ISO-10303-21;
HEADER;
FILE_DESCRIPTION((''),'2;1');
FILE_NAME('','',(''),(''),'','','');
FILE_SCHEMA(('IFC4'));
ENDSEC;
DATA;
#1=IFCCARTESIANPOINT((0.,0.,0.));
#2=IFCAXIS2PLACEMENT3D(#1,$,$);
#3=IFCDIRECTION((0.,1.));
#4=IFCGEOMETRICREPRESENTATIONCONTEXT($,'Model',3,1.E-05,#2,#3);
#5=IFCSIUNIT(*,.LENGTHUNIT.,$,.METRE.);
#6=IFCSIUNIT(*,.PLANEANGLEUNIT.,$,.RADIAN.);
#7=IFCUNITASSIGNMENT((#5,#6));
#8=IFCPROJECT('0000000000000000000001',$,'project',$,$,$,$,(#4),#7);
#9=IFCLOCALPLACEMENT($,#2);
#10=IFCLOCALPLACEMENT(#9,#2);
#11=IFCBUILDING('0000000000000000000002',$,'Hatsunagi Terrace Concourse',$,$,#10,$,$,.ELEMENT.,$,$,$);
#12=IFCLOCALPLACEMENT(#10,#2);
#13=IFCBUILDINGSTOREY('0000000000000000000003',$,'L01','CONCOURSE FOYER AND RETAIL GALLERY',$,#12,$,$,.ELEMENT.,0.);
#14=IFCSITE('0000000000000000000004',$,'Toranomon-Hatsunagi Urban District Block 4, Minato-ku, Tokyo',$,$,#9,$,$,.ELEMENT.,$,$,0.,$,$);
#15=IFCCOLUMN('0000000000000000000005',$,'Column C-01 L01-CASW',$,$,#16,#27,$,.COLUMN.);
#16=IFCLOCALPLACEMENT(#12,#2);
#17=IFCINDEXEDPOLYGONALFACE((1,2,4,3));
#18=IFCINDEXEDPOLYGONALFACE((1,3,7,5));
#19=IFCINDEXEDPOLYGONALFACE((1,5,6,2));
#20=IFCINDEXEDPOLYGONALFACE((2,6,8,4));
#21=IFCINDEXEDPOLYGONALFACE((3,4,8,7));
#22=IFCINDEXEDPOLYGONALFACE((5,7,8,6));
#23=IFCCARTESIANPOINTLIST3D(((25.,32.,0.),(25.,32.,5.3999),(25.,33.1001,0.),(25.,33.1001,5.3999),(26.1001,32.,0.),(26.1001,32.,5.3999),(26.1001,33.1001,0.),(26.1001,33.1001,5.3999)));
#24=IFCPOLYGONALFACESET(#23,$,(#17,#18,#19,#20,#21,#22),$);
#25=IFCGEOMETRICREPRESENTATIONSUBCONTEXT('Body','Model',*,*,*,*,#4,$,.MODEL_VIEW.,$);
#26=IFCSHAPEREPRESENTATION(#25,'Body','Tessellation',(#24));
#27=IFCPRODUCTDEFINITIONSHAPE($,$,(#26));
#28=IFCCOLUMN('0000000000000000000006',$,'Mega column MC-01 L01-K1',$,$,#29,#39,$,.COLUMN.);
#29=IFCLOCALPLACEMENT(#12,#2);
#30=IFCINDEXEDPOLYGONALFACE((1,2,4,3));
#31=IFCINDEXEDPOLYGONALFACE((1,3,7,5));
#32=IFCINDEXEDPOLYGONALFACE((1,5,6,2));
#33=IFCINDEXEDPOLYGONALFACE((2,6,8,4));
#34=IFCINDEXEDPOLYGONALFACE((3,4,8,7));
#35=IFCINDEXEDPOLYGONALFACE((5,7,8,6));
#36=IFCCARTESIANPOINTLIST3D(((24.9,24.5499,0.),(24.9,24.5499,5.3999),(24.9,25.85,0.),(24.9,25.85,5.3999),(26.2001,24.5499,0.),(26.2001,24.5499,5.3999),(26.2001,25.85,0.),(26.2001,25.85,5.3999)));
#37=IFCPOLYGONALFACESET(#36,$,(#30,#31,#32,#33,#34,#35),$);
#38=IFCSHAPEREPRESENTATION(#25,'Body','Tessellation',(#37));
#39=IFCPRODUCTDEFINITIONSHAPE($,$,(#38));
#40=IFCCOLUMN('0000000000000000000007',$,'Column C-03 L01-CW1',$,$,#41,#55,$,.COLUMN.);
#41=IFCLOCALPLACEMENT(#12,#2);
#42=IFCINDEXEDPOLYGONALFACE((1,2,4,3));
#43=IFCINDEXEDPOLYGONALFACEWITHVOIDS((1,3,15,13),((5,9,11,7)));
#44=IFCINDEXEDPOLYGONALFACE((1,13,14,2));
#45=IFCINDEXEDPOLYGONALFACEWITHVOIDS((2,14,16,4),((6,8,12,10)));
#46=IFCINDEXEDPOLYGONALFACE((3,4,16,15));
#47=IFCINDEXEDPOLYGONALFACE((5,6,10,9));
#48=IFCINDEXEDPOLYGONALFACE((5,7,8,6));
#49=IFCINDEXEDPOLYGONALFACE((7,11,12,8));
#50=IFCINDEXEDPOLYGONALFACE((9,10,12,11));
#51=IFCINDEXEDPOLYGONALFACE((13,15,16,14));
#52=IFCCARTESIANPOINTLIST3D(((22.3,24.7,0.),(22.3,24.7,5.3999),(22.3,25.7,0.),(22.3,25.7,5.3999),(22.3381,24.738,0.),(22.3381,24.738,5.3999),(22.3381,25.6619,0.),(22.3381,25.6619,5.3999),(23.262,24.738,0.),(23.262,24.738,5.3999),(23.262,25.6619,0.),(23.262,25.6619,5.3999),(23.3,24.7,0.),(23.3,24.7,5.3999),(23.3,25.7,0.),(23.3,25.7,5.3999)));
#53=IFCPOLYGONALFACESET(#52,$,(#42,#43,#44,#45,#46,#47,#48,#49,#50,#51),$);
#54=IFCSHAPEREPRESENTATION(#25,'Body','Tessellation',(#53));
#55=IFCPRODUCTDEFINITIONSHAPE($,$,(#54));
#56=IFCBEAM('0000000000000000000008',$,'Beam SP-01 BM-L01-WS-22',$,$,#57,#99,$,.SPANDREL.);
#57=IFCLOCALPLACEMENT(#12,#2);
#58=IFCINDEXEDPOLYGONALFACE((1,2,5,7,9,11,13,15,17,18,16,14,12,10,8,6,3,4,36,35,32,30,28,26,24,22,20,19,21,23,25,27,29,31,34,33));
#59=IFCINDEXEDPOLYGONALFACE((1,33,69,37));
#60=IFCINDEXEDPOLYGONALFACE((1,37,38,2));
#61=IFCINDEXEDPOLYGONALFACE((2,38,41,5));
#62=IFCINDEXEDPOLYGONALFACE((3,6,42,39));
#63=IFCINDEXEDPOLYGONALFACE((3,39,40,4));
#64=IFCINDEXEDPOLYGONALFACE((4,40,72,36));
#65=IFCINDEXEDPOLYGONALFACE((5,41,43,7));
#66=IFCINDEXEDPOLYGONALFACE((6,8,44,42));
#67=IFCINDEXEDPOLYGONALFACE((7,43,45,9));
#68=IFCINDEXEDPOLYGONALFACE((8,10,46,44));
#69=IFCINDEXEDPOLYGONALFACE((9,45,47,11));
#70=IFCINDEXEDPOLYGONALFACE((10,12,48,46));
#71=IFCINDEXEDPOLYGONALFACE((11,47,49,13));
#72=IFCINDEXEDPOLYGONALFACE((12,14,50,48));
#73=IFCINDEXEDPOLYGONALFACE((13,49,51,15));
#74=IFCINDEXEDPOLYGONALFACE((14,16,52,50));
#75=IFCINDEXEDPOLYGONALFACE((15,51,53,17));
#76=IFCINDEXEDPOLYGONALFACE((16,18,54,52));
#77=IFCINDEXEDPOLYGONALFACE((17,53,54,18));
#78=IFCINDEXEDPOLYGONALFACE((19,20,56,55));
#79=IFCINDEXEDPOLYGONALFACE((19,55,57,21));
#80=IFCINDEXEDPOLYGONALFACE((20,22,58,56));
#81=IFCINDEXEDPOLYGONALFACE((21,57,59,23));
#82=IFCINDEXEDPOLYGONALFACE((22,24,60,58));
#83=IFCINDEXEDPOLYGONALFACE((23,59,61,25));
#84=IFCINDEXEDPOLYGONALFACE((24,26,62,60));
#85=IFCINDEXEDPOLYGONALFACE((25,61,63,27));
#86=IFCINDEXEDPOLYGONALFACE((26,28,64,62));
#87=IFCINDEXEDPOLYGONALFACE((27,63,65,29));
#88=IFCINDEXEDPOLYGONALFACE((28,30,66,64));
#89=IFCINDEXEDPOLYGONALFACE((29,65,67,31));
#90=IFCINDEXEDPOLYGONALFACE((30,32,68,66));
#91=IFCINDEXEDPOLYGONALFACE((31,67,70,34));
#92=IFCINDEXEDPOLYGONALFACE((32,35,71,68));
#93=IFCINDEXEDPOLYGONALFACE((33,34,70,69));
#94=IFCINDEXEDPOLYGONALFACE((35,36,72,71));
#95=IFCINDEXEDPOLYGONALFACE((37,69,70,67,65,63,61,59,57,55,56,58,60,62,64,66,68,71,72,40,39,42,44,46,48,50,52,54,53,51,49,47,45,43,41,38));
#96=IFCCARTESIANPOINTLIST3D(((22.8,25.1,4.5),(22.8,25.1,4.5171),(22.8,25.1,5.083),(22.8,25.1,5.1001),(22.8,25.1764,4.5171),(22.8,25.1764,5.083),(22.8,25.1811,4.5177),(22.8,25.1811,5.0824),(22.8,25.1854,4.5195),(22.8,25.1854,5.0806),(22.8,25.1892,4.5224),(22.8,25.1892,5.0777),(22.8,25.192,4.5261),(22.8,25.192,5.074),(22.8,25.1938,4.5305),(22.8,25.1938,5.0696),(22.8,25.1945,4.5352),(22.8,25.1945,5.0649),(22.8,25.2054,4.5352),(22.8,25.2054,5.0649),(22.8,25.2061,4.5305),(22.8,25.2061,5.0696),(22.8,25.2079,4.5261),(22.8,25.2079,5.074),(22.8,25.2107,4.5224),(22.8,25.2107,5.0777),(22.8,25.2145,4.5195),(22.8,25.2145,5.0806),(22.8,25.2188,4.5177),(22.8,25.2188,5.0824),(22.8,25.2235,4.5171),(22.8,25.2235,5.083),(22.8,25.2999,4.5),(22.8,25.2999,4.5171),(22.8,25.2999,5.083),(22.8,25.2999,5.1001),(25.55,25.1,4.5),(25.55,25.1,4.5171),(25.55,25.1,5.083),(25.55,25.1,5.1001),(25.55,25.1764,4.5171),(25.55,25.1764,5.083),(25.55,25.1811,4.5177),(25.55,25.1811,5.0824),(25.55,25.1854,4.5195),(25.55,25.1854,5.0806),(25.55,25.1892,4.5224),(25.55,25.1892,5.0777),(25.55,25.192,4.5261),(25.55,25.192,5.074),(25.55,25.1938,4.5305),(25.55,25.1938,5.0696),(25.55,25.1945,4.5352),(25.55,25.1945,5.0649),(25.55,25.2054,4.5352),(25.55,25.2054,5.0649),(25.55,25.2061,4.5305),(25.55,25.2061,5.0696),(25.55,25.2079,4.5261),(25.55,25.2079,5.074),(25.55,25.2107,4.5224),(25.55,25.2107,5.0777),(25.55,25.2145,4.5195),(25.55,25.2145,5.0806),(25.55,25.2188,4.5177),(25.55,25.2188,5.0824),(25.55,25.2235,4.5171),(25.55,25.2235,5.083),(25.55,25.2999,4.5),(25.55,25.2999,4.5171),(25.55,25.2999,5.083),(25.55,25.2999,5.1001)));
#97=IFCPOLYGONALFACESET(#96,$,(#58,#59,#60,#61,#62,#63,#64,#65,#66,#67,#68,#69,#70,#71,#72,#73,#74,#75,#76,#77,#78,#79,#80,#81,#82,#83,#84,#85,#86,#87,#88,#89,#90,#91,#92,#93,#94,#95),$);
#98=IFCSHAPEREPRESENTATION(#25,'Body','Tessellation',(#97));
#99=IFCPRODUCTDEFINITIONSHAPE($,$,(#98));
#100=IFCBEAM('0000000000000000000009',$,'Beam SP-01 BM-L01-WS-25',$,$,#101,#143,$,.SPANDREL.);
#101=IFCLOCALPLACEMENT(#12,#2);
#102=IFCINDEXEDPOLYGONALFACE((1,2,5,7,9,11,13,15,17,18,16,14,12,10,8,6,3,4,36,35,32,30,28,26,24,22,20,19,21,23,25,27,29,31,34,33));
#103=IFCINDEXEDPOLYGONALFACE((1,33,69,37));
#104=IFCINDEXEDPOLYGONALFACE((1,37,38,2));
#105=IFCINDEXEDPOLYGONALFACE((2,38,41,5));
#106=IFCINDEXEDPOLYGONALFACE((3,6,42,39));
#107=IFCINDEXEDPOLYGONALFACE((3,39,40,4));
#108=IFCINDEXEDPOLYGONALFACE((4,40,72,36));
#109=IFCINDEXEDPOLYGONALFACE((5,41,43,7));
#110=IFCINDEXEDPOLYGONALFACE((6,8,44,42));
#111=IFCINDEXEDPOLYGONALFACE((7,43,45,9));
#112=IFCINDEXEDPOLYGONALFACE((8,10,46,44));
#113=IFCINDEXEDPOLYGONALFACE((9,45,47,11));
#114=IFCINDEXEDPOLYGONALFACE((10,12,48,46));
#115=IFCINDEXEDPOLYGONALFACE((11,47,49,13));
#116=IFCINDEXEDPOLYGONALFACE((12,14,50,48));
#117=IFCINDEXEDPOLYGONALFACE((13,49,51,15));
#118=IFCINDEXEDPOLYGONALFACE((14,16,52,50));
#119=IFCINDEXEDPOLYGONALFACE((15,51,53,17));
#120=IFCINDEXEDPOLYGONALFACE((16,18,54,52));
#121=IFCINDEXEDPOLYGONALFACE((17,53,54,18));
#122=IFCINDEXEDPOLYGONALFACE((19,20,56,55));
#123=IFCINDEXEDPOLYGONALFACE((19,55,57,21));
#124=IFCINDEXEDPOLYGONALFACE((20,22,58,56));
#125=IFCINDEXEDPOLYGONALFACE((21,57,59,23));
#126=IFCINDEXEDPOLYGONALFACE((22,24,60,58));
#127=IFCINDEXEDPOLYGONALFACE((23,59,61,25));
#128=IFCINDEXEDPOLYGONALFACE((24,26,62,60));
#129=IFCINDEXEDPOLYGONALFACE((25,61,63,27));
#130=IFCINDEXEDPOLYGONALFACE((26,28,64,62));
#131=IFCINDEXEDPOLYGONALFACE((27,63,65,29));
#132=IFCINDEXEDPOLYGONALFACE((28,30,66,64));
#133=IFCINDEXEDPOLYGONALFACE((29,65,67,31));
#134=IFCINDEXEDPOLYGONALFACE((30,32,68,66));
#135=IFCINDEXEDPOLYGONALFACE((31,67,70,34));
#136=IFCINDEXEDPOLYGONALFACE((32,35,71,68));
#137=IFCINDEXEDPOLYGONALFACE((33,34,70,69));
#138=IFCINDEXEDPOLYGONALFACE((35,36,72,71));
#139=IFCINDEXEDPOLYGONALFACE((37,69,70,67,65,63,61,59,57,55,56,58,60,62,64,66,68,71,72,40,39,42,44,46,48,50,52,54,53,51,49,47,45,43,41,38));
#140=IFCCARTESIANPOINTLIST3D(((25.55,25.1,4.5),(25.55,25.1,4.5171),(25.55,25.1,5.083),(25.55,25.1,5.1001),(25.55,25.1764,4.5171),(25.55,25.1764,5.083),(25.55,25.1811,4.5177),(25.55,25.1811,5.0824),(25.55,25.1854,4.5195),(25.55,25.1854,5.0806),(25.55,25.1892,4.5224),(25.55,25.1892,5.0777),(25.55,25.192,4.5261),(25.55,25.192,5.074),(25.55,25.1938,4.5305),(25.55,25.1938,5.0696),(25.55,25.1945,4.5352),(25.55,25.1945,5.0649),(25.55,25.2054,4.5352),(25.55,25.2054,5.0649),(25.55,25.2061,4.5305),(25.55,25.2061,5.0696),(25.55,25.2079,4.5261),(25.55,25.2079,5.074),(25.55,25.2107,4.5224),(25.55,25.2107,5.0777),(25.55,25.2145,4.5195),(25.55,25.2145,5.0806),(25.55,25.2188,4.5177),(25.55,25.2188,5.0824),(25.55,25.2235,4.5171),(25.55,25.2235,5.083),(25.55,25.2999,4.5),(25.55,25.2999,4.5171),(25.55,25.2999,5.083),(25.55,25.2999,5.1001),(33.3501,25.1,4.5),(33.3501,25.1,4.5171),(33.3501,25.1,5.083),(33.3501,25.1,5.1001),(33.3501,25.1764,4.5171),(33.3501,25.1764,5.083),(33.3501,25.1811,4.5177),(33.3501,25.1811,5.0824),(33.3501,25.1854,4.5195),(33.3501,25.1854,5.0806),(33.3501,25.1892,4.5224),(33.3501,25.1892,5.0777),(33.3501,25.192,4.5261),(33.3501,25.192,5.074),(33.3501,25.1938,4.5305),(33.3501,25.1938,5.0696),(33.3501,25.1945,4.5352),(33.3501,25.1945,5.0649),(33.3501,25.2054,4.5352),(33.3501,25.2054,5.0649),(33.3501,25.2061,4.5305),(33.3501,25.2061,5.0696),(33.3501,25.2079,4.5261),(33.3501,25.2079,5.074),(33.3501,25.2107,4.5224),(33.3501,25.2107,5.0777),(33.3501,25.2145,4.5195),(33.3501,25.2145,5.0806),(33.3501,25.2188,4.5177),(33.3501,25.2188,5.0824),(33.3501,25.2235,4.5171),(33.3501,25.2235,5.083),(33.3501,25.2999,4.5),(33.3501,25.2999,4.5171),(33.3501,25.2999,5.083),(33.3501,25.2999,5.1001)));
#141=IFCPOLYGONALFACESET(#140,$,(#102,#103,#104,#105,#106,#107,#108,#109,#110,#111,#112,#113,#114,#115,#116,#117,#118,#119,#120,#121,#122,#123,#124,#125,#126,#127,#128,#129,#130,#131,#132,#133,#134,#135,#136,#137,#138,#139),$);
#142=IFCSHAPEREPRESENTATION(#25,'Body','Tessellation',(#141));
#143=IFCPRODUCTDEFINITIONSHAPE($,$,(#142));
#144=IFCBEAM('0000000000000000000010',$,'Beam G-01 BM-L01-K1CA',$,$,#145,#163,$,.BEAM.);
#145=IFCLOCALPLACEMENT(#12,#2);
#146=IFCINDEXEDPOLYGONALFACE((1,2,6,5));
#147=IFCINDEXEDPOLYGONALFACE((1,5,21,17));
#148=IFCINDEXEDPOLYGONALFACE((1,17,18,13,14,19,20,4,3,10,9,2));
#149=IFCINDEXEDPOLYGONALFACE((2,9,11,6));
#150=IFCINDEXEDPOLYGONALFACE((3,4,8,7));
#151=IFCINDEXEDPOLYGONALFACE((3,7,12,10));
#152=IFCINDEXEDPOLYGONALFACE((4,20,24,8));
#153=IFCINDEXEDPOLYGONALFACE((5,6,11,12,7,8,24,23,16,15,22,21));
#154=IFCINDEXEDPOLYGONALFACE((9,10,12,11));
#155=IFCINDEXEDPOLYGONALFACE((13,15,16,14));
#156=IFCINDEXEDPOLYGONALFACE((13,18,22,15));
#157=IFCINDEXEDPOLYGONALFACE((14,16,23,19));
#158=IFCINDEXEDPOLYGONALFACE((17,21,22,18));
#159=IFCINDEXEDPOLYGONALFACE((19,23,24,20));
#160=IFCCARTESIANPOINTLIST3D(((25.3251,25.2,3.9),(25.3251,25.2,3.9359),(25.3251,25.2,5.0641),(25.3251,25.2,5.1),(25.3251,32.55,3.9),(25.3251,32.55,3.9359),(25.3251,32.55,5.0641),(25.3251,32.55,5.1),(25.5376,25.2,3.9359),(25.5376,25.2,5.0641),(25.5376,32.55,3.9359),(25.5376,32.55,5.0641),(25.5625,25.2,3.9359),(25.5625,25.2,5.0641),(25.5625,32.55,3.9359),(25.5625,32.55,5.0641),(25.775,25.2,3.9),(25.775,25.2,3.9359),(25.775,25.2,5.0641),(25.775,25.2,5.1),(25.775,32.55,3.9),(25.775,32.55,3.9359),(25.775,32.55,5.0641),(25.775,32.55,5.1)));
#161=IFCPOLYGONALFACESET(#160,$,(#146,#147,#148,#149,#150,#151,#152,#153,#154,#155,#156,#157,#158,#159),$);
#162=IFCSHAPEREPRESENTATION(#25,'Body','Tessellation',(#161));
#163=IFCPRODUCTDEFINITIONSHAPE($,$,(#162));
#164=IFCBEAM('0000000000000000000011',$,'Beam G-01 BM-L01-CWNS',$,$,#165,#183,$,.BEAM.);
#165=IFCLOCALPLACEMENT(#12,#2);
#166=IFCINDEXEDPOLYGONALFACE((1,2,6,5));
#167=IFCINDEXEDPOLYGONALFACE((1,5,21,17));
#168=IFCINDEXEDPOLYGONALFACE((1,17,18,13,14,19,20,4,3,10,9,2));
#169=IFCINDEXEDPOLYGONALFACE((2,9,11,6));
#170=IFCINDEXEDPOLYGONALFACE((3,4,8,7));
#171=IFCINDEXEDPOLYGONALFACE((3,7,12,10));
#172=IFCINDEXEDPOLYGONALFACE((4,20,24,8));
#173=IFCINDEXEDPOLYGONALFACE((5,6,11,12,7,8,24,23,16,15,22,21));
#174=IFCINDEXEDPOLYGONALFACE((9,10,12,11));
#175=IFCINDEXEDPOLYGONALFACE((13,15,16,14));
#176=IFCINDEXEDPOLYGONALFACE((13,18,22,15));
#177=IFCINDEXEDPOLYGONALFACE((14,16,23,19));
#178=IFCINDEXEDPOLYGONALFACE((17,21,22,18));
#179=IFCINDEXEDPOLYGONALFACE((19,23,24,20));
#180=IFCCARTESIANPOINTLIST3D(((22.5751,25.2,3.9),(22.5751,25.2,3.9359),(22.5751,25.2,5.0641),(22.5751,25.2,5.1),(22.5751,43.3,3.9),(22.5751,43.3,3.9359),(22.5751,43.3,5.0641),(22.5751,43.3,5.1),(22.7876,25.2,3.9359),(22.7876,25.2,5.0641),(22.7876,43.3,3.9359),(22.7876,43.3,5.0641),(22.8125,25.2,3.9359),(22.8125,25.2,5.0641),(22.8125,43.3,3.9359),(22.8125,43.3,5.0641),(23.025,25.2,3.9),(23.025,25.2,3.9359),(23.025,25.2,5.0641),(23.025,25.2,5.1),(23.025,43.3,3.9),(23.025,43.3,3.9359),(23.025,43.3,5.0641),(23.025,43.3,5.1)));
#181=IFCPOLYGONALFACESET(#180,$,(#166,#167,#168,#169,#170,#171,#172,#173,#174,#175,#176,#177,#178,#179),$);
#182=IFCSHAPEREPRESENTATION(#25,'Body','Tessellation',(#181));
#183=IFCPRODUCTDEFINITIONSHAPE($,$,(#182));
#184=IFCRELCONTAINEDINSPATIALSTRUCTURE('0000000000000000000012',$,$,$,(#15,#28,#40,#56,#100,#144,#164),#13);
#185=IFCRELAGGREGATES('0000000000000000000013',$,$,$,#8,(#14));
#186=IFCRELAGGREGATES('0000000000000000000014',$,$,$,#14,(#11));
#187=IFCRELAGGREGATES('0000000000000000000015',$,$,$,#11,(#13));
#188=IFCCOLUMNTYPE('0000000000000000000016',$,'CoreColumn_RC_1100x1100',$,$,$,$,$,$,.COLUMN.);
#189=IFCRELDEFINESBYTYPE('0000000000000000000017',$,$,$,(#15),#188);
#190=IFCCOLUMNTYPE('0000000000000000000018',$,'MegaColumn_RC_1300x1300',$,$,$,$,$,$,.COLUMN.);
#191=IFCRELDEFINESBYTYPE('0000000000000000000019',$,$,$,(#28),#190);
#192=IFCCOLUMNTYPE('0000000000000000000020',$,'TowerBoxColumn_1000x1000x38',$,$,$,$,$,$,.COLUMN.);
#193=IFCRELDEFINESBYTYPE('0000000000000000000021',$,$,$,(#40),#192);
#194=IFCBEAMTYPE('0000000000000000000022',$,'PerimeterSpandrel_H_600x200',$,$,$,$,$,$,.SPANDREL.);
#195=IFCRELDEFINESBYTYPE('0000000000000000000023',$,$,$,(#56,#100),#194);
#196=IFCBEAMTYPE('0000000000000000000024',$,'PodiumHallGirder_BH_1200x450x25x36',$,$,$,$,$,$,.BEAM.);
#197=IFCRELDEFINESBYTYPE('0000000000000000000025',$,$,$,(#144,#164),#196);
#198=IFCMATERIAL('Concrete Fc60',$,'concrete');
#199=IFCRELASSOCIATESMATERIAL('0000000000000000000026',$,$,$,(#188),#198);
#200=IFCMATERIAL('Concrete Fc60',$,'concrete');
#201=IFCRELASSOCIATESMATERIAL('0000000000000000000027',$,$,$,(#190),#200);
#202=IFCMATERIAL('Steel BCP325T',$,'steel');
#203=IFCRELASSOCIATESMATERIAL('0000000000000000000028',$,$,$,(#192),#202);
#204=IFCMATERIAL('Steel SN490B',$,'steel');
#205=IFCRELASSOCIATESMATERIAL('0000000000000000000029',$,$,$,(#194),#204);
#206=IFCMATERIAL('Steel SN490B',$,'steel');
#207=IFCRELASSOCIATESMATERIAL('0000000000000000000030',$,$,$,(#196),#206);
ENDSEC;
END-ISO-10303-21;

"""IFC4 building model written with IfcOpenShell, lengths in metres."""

from ifc_helpers import new_model, si_unit, direction, frame, origin, origin_2d, place, context, subcontext, project, spatial, rectangle, hollow_rectangle, i_section, extrude, material, material_profile, profile_set, type_object, element, save


model = new_model("IFC4")

# Units and contexts
model_context = context("Model", 3, precision=1e-05, world=origin(), true_north=direction((0.0, 1.0)))
body_context = subcontext(model_context, "Body", "Model", "MODEL_VIEW")
ifc_project = project(units=[si_unit("LENGTHUNIT", "METRE"), si_unit("PLANEANGLEUNIT", "RADIAN")], contexts=[model_context])

# Site, building, storey
site_placement = place(None, origin())
site = spatial("IfcSite", under=ifc_project, at=site_placement, Name="Toranomon-Hatsunagi Urban District Block 4, Minato-ku, Tokyo", CompositionType="ELEMENT", RefElevation=0.0)
building_placement = place(site_placement, origin())
building = spatial("IfcBuilding", under=site, at=building_placement, Name="Hatsunagi Terrace Concourse", CompositionType="ELEMENT")
storey_placement = place(building_placement, origin())
storey = spatial("IfcBuildingStorey", under=building, at=storey_placement, Name="L01", Description="CONCOURSE FOYER AND RETAIL GALLERY", CompositionType="ELEMENT", Elevation=0.0)

# Columns
ifc_material_1 = material(Name="Concrete Fc60", Category="concrete")
ifc_material_profile_1 = material_profile(ifc_material_1, rectangle(XDim=1.1001, YDim=1.1001, at=origin_2d()), Name="RC-1100x1100")
ifc_profile_set_1 = profile_set([ifc_material_profile_1], Name="Concrete Fc60")
column_type_1 = type_object("IfcColumnType", Name="CoreColumn_RC_1100x1100", PredefinedType="COLUMN", material=ifc_profile_set_1)
column_1_placement = place(storey_placement, frame((25.55, 32.55, 0.0), z_axis=(0.0, 0.0, 1.0), x_axis=(1.0, 0.0, 0.0)))
element("IfcColumn", 1, at=column_1_placement, inside=storey, type_object=column_type_1, Name="Column C-01 L01-CASW", PredefinedType="COLUMN", context=body_context, shape_type="SweptSolid", body=[
    extrude(rectangle(XDim=1.1001, YDim=1.1001, at=origin_2d()), origin(), (0.0, 0.0, 1.0), 5.3999),
])
ifc_material_2 = material(Name="Concrete Fc60", Category="concrete")
ifc_material_profile_2 = material_profile(ifc_material_2, rectangle(XDim=1.3, YDim=1.3, at=origin_2d()), Name="RC-1300x1300")
ifc_profile_set_2 = profile_set([ifc_material_profile_2], Name="Concrete Fc60")
column_type_2 = type_object("IfcColumnType", Name="MegaColumn_RC_1300x1300", PredefinedType="COLUMN", material=ifc_profile_set_2)
column_2_placement = place(storey_placement, frame((25.55, 25.2, 0.0), z_axis=(0.0, 0.0, 1.0), x_axis=(1.0, 0.0, 0.0)))
element("IfcColumn", 2, at=column_2_placement, inside=storey, type_object=column_type_2, Name="Mega column MC-01 L01-K1", PredefinedType="COLUMN", context=body_context, shape_type="SweptSolid", body=[
    extrude(rectangle(XDim=1.3, YDim=1.3, at=origin_2d()), origin(), (0.0, 0.0, 1.0), 5.3999),
])
ifc_material_3 = material(Name="Steel BCP325T", Category="steel")
ifc_material_profile_3 = material_profile(ifc_material_3, hollow_rectangle(XDim=1.0, YDim=1.0, WallThickness=0.0381, at=origin_2d()), Name="BCP-1000x1000x38")
ifc_profile_set_3 = profile_set([ifc_material_profile_3], Name="Steel BCP325T")
column_type_3 = type_object("IfcColumnType", Name="TowerBoxColumn_1000x1000x38", PredefinedType="COLUMN", material=ifc_profile_set_3)
column_3_placement = place(storey_placement, frame((22.8, 25.2, 0.0), z_axis=(0.0, 0.0, 1.0), x_axis=(1.0, 0.0, 0.0)))
element("IfcColumn", 3, at=column_3_placement, inside=storey, type_object=column_type_3, Name="Column C-03 L01-CW1", PredefinedType="COLUMN", context=body_context, shape_type="SweptSolid", body=[
    extrude(hollow_rectangle(XDim=1.0, YDim=1.0, WallThickness=0.0381, at=origin_2d()), origin(), (0.0, 0.0, 1.0), 5.3999),
])

# Beams
ifc_material_4 = material(Name="Steel SN490B", Category="steel")
ifc_material_profile_4 = material_profile(ifc_material_4, i_section(OverallWidth=0.2, OverallDepth=0.6001, WebThickness=0.011, FlangeThickness=0.0171, FilletRadius=0.0181, at=origin_2d()), Name="H-600x200x11x17")
ifc_profile_set_4 = profile_set([ifc_material_profile_4], Name="Steel SN490B")
beam_type_1 = type_object("IfcBeamType", Name="PerimeterSpandrel_H_600x200", PredefinedType="SPANDREL", material=ifc_profile_set_4)
beam_1_placement = place(storey_placement, frame((22.8, 25.2, 4.8), z_axis=(1.0, 0.0, 0.0), x_axis=(0.0, 1.0, 0.0)))
element("IfcBeam", 4, at=beam_1_placement, inside=storey, type_object=beam_type_1, Name="Beam SP-01 BM-L01-WS-22", PredefinedType="SPANDREL", context=body_context, shape_type="SweptSolid", body=[
    extrude(i_section(OverallWidth=0.2, OverallDepth=0.6001, WebThickness=0.011, FlangeThickness=0.0171, FilletRadius=0.0181, at=origin_2d()), origin(), (0.0, 0.0, 1.0), 2.75),
])
beam_2_placement = place(storey_placement, frame((25.55, 25.2, 4.8), z_axis=(1.0, 0.0, 0.0), x_axis=(0.0, 1.0, 0.0)))
element("IfcBeam", 5, at=beam_2_placement, inside=storey, type_object=beam_type_1, Name="Beam SP-01 BM-L01-WS-25", PredefinedType="SPANDREL", context=body_context, shape_type="SweptSolid", body=[
    extrude(i_section(OverallWidth=0.2, OverallDepth=0.6001, WebThickness=0.011, FlangeThickness=0.0171, FilletRadius=0.0181, at=origin_2d()), origin(), (0.0, 0.0, 1.0), 7.8),
])
ifc_material_5 = material(Name="Steel SN490B", Category="steel")
ifc_material_profile_5 = material_profile(ifc_material_5, i_section(OverallWidth=0.45, OverallDepth=1.2, WebThickness=0.0249, FlangeThickness=0.0359, at=origin_2d()), Name="BH-1200x450x25x36")
ifc_profile_set_5 = profile_set([ifc_material_profile_5], Name="Steel SN490B")
beam_type_2 = type_object("IfcBeamType", Name="PodiumHallGirder_BH_1200x450x25x36", PredefinedType="BEAM", material=ifc_profile_set_5)
beam_3_placement = place(storey_placement, frame((25.55, 25.2, 4.5), z_axis=(0.0, 1.0, 0.0), x_axis=(-1.0, 0.0, 0.0)))
element("IfcBeam", 6, at=beam_3_placement, inside=storey, type_object=beam_type_2, Name="Beam G-01 BM-L01-K1CA", PredefinedType="BEAM", context=body_context, shape_type="SweptSolid", body=[
    extrude(i_section(OverallWidth=0.45, OverallDepth=1.2, WebThickness=0.0249, FlangeThickness=0.0359, at=origin_2d()), origin(), (0.0, 0.0, 1.0), 7.3501),
])
beam_4_placement = place(storey_placement, frame((22.8, 25.2, 4.5), z_axis=(0.0, 1.0, 0.0), x_axis=(-1.0, 0.0, 0.0)))
element("IfcBeam", 7, at=beam_4_placement, inside=storey, type_object=beam_type_2, Name="Beam G-01 BM-L01-CWNS", PredefinedType="BEAM", context=body_context, shape_type="SweptSolid", body=[
    extrude(i_section(OverallWidth=0.45, OverallDepth=1.2, WebThickness=0.0249, FlangeThickness=0.0359, at=origin_2d()), origin(), (0.0, 0.0, 1.0), 18.1001),
])

save(model, "model.ifc")
